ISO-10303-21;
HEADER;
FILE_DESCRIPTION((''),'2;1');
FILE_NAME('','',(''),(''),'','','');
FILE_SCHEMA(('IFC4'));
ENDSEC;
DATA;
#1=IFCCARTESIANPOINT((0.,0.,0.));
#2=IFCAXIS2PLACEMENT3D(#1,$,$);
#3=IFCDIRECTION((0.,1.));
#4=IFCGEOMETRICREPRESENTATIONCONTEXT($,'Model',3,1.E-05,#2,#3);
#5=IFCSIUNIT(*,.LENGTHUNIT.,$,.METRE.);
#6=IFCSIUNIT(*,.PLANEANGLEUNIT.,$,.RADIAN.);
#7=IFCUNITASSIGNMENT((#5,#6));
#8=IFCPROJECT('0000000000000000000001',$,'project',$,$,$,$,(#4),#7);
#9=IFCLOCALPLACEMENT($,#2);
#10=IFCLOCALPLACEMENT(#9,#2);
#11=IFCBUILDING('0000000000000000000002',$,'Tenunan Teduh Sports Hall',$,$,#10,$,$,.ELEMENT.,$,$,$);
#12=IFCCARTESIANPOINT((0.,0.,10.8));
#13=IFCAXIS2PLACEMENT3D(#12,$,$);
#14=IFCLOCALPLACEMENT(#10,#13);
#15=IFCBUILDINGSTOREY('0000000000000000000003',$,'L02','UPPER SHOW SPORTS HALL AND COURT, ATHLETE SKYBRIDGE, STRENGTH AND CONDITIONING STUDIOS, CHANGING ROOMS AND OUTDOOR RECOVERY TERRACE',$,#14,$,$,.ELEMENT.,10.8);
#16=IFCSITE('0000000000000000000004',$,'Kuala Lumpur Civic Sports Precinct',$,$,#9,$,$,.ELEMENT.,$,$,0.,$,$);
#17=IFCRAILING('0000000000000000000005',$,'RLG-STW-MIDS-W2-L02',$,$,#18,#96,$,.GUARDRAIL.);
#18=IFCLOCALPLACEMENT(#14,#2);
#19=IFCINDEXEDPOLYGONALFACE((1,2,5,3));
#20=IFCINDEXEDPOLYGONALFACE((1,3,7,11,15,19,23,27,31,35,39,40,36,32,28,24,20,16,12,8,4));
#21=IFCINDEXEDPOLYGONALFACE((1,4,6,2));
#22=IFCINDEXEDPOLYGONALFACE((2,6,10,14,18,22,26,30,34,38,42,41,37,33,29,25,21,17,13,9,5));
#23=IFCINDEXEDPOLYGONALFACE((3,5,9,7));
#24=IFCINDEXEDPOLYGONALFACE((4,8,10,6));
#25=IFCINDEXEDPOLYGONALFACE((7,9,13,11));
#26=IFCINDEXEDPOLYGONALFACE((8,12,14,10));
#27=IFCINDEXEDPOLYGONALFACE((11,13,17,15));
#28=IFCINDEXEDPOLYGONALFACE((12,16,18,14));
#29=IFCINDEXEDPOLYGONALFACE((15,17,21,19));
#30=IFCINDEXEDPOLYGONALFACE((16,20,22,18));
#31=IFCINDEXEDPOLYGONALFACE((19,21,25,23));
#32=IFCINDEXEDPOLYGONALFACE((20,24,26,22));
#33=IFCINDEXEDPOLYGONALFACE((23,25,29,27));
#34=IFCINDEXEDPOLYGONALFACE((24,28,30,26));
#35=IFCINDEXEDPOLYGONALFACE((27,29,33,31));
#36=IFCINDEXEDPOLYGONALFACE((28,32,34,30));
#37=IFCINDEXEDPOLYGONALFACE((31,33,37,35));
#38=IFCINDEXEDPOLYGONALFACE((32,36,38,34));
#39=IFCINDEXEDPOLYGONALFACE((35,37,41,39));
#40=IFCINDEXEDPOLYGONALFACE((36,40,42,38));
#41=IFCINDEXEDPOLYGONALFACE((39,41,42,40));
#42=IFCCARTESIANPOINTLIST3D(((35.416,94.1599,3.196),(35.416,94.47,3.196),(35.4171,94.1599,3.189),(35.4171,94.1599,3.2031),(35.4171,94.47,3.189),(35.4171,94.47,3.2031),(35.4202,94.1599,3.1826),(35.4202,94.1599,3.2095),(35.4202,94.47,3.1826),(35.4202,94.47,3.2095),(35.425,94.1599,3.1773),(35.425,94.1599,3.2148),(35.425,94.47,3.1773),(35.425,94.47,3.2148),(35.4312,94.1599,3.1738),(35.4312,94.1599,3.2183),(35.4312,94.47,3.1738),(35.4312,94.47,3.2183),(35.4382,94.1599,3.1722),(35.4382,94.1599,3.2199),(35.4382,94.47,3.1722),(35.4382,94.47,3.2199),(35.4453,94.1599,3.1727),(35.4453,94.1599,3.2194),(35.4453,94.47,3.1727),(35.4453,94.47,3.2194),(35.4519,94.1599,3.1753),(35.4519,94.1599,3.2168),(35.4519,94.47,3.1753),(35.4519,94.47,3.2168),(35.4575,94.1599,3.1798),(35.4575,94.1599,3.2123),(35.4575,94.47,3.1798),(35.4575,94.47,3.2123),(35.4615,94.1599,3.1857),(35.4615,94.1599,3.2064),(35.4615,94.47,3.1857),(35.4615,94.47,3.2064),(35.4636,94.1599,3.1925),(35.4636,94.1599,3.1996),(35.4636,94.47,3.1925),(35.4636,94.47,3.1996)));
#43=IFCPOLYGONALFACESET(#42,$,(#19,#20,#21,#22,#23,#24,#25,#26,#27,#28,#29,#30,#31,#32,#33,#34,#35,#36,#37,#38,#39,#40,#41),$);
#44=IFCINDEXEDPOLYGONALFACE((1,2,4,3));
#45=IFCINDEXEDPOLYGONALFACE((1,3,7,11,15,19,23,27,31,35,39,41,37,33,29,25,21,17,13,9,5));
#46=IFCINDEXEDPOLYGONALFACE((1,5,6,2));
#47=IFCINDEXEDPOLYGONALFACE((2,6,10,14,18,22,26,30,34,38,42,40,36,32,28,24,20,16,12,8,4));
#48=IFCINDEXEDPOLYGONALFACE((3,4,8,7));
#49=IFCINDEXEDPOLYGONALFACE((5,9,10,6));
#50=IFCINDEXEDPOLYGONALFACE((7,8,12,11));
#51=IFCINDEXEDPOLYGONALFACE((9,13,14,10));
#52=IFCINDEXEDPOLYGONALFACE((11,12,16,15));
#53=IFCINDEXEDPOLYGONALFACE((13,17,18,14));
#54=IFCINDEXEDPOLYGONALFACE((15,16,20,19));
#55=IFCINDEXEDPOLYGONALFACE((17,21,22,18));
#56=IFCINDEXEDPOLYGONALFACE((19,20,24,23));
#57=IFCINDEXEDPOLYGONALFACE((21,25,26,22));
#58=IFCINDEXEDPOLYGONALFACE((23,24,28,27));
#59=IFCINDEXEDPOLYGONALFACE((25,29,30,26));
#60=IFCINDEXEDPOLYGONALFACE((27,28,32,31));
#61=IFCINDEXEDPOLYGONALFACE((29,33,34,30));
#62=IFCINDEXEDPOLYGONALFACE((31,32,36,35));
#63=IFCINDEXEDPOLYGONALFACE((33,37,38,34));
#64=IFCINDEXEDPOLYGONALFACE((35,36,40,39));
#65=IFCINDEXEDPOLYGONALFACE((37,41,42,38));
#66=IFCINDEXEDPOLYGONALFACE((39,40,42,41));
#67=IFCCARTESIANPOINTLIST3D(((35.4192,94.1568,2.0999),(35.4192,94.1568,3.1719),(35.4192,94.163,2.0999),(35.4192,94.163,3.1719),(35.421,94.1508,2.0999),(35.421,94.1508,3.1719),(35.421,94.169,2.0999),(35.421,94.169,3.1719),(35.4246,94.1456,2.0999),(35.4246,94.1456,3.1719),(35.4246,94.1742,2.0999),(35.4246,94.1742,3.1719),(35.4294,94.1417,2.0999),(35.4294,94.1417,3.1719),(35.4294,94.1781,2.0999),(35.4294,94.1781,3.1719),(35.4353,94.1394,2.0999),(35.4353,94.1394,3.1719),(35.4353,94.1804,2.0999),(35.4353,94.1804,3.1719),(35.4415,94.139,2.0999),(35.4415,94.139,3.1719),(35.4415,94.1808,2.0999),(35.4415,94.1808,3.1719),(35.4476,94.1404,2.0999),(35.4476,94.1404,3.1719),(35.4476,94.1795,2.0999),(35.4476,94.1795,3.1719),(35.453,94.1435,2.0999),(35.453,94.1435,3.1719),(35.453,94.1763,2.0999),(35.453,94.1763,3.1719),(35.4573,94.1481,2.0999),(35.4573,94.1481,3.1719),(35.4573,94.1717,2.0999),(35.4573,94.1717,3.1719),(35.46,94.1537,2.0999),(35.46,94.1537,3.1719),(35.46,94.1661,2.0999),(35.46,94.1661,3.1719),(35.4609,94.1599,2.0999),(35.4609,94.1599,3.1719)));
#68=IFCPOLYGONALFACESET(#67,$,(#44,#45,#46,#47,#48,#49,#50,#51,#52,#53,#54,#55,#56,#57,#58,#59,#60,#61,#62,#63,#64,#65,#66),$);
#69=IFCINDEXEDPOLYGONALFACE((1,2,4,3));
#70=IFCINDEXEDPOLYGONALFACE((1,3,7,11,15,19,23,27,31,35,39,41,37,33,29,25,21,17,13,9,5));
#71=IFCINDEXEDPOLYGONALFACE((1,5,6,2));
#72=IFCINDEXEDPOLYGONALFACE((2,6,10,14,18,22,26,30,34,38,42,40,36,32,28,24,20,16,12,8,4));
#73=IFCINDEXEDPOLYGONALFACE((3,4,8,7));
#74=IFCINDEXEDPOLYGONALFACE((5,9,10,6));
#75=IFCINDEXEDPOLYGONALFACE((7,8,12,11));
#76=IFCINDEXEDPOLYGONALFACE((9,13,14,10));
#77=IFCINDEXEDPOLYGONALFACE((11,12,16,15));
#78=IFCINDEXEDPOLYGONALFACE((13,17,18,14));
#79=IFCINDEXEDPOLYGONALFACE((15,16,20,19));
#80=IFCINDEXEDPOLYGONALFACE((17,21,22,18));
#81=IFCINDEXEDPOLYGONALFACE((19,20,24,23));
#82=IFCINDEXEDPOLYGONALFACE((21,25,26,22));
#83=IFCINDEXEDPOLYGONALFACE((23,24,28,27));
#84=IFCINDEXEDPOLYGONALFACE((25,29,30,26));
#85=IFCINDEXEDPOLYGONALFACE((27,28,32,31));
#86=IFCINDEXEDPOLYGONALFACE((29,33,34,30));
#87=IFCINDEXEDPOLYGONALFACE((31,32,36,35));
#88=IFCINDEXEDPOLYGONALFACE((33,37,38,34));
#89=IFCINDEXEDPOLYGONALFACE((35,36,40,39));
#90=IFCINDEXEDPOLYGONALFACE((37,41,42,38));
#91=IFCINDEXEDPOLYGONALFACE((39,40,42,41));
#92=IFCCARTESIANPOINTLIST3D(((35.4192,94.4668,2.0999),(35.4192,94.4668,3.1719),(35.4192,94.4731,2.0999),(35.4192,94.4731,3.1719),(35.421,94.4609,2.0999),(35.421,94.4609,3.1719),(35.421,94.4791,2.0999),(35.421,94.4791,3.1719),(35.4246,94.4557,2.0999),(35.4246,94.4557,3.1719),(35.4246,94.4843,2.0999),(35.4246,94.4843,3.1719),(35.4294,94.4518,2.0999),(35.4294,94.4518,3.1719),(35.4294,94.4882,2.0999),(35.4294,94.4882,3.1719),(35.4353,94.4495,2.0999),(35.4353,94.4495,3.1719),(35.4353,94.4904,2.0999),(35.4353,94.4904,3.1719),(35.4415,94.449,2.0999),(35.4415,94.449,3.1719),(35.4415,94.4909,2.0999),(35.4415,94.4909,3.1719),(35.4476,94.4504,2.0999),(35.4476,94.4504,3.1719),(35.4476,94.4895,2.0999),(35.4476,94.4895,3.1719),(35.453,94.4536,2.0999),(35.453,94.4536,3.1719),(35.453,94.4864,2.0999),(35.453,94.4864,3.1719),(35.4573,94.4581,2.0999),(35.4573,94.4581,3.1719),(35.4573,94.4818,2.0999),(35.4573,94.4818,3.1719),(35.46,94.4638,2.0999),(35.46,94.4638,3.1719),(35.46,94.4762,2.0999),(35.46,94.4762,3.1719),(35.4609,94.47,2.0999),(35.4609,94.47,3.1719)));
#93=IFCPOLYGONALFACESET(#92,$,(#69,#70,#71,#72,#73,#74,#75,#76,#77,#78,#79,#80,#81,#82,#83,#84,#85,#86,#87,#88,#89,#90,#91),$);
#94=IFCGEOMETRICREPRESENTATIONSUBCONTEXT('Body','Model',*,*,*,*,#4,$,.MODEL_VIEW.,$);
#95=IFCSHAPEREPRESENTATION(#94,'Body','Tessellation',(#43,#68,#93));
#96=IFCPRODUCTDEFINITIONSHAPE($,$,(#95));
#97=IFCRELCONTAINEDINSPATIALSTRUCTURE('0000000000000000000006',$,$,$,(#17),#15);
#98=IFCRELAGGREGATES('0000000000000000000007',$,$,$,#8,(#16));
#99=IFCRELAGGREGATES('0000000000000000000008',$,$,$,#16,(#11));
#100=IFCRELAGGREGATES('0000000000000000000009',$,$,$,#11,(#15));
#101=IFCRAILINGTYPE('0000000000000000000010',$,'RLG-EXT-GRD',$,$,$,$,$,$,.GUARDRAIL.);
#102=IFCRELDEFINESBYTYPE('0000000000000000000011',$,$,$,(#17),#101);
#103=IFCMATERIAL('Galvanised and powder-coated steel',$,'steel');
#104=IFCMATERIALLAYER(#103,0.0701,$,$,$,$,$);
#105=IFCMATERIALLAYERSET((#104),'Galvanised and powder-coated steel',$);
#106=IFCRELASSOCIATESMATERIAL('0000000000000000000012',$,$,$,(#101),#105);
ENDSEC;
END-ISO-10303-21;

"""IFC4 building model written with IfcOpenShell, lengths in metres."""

from ifc_helpers import new_model, si_unit, direction, frame, origin, origin_2d, place, context, subcontext, project, spatial, circle, extrude, material, layer, layer_set, type_object, element, save


model = new_model("IFC4")

# Units and contexts
model_context = context("Model", 3, precision=1e-05, world=origin(), true_north=direction((0.0, 1.0)))
body_context = subcontext(model_context, "Body", "Model", "MODEL_VIEW")
ifc_project = project(units=[si_unit("LENGTHUNIT", "METRE"), si_unit("PLANEANGLEUNIT", "RADIAN")], contexts=[model_context])

# Site, building, storey
site_placement = place(None, origin())
site = spatial("IfcSite", under=ifc_project, at=site_placement, Name="Kuala Lumpur Civic Sports Precinct", CompositionType="ELEMENT", RefElevation=0.0)
building_placement = place(site_placement, origin())
building = spatial("IfcBuilding", under=site, at=building_placement, Name="Tenunan Teduh Sports Hall", CompositionType="ELEMENT")
storey_placement = place(building_placement, frame((0.0, 0.0, 10.8)))
storey = spatial("IfcBuildingStorey", under=building, at=storey_placement, Name="L02", Description="UPPER SHOW SPORTS HALL AND COURT, ATHLETE SKYBRIDGE, STRENGTH AND CONDITIONING STUDIOS, CHANGING ROOMS AND OUTDOOR RECOVERY TERRACE", CompositionType="ELEMENT", Elevation=10.8)

# Railing
ifc_material_1 = material(Name="Galvanised and powder-coated steel", Category="steel")
ifc_layer_1 = layer(ifc_material_1, 0.0701)
ifc_layer_set_1 = layer_set([ifc_layer_1], Name="Galvanised and powder-coated steel")
railing_type_1 = type_object("IfcRailingType", Name="RLG-EXT-GRD", PredefinedType="GUARDRAIL", material=ifc_layer_set_1)
railing_1_placement = place(storey_placement, frame((35.4399, 94.1599, 2.0999)))
element("IfcRailing", 1, at=railing_1_placement, inside=storey, type_object=railing_type_1, Name="RLG-STW-MIDS-W2-L02", PredefinedType="GUARDRAIL", context=body_context, shape_type="SweptSolid", body=[
    extrude(circle(Radius=0.0239, at=origin_2d()), frame((0.0, 0.0, 1.0962), z_axis=(0.0, 1.0, 0.0), x_axis=(-1.0, 0.0, 0.0)), (0.0, 0.0, 1.0), 0.3101),
    extrude(circle(Radius=0.021, at=origin_2d()), origin(), (0.0, 0.0, 1.0), 1.072),
    extrude(circle(Radius=0.021, at=origin_2d()), frame((0.0, 0.3101, 0.0)), (0.0, 0.0, 1.0), 1.072),
])

save(model, "model.ifc")
